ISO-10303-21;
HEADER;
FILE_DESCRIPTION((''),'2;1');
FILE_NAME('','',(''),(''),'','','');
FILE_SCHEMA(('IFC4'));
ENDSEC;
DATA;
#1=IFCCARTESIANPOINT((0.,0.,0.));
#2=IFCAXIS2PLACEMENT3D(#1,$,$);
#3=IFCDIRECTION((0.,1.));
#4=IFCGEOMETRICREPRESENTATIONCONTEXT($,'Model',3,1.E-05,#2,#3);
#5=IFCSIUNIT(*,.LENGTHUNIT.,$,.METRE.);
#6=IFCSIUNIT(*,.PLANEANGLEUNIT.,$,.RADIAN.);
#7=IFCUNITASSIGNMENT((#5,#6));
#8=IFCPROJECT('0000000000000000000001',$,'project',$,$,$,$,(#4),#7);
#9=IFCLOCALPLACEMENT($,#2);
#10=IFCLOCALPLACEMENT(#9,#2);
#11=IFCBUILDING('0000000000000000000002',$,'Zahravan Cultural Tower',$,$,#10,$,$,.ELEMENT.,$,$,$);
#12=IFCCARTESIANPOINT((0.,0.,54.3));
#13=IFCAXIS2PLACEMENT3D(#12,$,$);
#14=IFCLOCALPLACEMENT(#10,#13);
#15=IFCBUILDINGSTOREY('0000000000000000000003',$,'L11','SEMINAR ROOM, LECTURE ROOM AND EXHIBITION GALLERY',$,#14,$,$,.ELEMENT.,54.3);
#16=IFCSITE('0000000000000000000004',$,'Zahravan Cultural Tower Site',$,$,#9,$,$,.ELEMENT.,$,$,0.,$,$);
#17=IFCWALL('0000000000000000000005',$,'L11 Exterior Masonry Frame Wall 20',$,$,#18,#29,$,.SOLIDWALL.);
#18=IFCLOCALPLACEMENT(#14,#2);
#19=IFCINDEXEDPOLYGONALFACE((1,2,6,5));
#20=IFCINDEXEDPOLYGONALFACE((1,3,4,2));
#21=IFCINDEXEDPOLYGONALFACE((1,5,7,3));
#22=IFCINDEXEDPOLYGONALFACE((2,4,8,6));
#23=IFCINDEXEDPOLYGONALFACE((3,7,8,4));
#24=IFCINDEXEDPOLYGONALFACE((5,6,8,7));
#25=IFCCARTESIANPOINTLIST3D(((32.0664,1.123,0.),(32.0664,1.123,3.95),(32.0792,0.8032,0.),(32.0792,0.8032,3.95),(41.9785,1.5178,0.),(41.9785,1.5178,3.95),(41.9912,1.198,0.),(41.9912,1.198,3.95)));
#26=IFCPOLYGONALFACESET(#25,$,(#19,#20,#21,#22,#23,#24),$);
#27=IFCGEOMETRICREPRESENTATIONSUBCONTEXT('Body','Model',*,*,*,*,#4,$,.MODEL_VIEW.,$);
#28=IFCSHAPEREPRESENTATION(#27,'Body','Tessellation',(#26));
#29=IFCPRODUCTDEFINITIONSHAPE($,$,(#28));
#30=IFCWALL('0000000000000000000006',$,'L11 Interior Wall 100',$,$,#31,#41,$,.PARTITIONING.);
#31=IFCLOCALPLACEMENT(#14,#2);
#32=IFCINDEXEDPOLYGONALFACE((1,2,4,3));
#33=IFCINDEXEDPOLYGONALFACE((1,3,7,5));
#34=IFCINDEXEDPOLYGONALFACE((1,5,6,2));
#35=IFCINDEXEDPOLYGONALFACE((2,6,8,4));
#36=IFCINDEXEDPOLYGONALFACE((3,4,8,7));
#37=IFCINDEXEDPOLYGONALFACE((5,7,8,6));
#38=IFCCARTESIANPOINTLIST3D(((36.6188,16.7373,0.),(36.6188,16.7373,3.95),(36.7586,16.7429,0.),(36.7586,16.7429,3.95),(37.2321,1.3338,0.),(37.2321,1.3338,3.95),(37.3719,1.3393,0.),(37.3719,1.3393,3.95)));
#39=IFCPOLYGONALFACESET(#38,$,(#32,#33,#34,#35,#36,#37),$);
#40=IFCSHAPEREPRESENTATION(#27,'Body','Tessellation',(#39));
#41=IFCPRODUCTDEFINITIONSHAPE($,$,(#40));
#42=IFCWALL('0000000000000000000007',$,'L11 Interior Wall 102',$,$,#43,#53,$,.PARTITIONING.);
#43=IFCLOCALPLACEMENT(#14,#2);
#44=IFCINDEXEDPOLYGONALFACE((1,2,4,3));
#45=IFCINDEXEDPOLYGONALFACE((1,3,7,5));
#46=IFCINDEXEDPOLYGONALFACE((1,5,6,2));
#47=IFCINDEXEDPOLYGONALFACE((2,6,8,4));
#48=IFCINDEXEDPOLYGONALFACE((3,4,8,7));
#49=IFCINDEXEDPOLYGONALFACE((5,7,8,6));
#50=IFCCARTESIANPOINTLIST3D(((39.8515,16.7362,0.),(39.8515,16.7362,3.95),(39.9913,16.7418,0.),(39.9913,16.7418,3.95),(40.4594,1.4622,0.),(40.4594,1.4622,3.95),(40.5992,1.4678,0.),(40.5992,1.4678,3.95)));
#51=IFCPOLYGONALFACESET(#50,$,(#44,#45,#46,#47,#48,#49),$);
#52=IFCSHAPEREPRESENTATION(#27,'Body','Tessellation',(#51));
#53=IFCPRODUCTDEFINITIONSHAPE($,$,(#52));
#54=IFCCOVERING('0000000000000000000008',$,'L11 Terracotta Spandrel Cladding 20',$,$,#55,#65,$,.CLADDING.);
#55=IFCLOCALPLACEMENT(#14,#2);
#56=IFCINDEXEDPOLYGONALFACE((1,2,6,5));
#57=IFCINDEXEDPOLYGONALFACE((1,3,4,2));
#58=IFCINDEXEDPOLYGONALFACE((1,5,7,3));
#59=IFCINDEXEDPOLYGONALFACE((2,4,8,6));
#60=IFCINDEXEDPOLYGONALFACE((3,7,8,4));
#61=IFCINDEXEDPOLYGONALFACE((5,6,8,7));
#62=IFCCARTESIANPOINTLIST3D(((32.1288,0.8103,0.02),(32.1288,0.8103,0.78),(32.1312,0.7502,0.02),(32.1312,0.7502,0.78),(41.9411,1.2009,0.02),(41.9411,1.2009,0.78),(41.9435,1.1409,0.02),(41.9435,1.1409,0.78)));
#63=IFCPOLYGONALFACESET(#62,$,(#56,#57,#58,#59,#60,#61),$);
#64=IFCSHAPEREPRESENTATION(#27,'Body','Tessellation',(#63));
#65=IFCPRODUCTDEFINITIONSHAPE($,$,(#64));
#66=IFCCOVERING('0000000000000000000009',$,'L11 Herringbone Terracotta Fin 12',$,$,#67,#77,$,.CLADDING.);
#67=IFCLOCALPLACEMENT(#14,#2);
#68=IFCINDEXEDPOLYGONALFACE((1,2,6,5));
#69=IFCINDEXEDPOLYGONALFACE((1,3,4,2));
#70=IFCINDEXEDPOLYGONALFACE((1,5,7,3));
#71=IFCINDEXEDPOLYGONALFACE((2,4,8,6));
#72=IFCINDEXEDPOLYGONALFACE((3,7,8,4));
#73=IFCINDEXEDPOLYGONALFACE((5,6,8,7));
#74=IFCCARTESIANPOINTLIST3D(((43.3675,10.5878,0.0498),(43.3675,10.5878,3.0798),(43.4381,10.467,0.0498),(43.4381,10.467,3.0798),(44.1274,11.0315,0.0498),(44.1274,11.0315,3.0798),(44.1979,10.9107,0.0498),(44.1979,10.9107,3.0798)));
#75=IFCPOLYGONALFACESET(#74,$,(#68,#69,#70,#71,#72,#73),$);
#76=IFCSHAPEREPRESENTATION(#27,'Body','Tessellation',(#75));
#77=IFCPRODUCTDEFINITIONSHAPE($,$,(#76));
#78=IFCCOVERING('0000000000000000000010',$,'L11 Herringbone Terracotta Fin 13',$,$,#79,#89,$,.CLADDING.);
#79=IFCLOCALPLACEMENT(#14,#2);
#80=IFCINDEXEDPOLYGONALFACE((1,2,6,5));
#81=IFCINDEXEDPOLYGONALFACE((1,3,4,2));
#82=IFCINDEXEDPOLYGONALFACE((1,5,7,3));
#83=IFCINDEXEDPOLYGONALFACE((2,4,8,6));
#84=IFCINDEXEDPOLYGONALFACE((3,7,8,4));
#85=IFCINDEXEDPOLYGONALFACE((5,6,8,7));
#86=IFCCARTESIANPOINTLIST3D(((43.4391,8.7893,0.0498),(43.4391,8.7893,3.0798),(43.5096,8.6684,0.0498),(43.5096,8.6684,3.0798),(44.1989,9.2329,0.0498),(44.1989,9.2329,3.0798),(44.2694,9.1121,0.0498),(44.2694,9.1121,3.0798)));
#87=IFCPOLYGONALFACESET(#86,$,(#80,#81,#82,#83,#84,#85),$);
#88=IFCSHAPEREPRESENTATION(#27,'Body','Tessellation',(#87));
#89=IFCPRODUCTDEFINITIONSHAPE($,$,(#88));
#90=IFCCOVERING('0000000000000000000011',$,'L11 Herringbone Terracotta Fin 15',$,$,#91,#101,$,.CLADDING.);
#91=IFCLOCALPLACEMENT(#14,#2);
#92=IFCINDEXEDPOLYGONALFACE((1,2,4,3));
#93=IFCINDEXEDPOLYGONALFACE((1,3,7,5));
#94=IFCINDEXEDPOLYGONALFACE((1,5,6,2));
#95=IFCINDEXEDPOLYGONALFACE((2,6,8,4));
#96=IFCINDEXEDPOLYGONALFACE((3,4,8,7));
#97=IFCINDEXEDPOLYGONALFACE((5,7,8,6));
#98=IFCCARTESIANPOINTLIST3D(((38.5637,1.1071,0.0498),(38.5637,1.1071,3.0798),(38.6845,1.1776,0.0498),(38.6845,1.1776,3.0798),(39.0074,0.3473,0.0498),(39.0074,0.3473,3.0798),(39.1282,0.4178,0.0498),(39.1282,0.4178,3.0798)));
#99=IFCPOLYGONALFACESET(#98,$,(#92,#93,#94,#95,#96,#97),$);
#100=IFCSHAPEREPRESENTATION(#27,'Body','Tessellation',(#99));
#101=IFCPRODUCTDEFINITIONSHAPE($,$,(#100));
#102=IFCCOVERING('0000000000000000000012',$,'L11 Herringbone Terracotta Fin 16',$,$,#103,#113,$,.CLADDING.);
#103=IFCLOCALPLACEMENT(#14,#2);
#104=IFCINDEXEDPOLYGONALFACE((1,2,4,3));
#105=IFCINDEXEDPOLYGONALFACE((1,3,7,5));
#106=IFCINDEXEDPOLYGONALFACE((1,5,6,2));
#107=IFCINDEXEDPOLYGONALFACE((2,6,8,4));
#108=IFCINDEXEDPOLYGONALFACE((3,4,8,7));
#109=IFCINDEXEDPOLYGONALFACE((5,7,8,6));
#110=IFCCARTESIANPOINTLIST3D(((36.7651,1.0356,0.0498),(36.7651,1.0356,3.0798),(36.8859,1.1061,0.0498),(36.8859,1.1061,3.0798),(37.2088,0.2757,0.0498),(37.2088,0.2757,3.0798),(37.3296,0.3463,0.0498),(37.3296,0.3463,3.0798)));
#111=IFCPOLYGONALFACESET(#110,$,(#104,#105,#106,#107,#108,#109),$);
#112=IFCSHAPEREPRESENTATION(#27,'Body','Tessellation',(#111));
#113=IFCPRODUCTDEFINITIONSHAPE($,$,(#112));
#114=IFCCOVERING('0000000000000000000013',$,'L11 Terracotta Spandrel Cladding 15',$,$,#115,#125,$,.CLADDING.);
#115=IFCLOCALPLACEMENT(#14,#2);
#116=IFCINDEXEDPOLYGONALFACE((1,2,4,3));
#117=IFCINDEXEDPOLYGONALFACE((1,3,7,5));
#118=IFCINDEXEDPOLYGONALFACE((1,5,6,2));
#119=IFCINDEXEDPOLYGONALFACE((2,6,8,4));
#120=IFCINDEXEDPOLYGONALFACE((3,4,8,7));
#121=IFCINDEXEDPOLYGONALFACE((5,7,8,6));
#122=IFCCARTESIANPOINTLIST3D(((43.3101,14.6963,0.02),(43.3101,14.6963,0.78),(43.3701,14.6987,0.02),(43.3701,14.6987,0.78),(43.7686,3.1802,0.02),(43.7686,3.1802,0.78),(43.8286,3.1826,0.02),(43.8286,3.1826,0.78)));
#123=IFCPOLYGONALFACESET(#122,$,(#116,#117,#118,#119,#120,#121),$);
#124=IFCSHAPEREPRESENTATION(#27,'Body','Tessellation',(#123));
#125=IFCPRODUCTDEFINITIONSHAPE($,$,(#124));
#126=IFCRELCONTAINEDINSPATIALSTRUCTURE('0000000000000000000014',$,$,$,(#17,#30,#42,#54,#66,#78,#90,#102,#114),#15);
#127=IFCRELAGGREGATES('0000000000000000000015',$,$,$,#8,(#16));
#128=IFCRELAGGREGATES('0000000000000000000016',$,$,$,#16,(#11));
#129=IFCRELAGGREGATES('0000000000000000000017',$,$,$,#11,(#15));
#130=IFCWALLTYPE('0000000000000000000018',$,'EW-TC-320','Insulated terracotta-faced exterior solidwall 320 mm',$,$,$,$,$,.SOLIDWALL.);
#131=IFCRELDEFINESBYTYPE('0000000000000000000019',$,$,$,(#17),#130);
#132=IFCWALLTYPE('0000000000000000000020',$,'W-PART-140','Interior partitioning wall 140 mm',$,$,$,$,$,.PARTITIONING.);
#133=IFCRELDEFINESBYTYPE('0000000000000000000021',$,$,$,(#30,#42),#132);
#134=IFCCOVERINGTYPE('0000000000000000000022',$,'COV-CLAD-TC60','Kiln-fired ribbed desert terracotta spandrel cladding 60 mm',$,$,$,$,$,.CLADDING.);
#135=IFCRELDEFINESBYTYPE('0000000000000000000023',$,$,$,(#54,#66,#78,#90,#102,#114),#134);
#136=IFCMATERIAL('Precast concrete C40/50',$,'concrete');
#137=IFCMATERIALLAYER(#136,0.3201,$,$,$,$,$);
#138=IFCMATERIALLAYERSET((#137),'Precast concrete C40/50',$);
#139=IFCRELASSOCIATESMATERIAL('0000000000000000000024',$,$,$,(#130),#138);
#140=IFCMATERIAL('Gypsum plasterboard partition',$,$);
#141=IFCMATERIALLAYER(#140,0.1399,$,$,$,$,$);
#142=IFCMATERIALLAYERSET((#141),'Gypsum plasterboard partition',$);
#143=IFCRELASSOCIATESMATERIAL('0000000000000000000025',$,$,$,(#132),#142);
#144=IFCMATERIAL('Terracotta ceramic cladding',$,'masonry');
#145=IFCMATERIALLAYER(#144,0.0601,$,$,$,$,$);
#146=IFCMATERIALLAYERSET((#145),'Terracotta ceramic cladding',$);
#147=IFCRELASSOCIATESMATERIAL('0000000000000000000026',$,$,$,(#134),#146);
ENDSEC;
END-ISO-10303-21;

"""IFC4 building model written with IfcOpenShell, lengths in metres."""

from ifc_helpers import new_model, si_unit, direction, frame, frame_2d, origin, origin_2d, place, context, subcontext, project, spatial, rectangle, extrude, source, transform, mapped, material, layer, layer_set, type_object, element, save


model = new_model("IFC4")

# Units and contexts
model_context = context("Model", 3, precision=1e-05, world=origin(), true_north=direction((0.0, 1.0)))
body_context = subcontext(model_context, "Body", "Model", "MODEL_VIEW")
ifc_project = project(units=[si_unit("LENGTHUNIT", "METRE"), si_unit("PLANEANGLEUNIT", "RADIAN")], contexts=[model_context])

# Site, building, storey
site_placement = place(None, origin())
site = spatial("IfcSite", under=ifc_project, at=site_placement, Name="Zahravan Cultural Tower Site", CompositionType="ELEMENT", RefElevation=0.0)
building_placement = place(site_placement, origin())
building = spatial("IfcBuilding", under=site, at=building_placement, Name="Zahravan Cultural Tower", CompositionType="ELEMENT")
storey_placement = place(building_placement, frame((0.0, 0.0, 54.3)))
storey = spatial("IfcBuildingStorey", under=building, at=storey_placement, Name="L11", Description="SEMINAR ROOM, LECTURE ROOM AND EXHIBITION GALLERY", CompositionType="ELEMENT", Elevation=54.3)

# Shared definitions
ifc_material_1 = material(Name="Precast concrete C40/50", Category="concrete")
ifc_layer_1 = layer(ifc_material_1, 0.3201)
ifc_layer_set_1 = layer_set([ifc_layer_1], Name="Precast concrete C40/50")
wall_type_1 = type_object("IfcWallType", Name="EW-TC-320", Description="Insulated terracotta-faced exterior solidwall 320 mm", PredefinedType="SOLIDWALL", material=ifc_layer_set_1)

# Shared definitions
ifc_material_2 = material(Name="Gypsum plasterboard partition")
ifc_layer_2 = layer(ifc_material_2, 0.1399)
ifc_layer_set_2 = layer_set([ifc_layer_2], Name="Gypsum plasterboard partition")
wall_type_2 = type_object("IfcWallType", Name="W-PART-140", Description="Interior partitioning wall 140 mm", PredefinedType="PARTITIONING", material=ifc_layer_set_2)

# Walls
shared_shape_1 = source(origin(), body_context, "Body", "SweptSolid", [
    extrude(rectangle(XDim=9.9199, YDim=0.3201, at=frame_2d((4.96, 0.0))), origin(), (0.0, 0.0, 1.0), 3.95),
])
wall_1_placement = place(storey_placement, frame((41.9849, 1.3579, 0.0), z_axis=(0.0, 0.0, 1.0), x_axis=(-0.999208, -0.039796, 0.0)))
element("IfcWall", 1, at=wall_1_placement, inside=storey, type_object=wall_type_1, Name="L11 Exterior Masonry Frame Wall 20", PredefinedType="SOLIDWALL", context=body_context, shape_type="MappedRepresentation", body=[
    mapped(shared_shape_1, transform((0.0, 0.0, 0.0), x_axis=(1.0, 0.0, 0.0), y_axis=(0.0, 1.0, 0.0), z_axis=(0.0, 0.0, 1.0), scale=1.0)),
])
shared_shape_2 = source(origin(), body_context, "Body", "SweptSolid", [
    extrude(rectangle(XDim=15.4158, YDim=0.1399, at=frame_2d((7.708, 0.0))), origin(), (0.0, 0.0, 1.0), 3.95),
])
wall_2_placement = place(storey_placement, frame((37.302, 1.3364, 0.0), z_axis=(0.0, 0.0, 1.0), x_axis=(-0.039783, 0.999208, 0.0)))
element("IfcWall", 2, at=wall_2_placement, inside=storey, type_object=wall_type_2, Name="L11 Interior Wall 100", PredefinedType="PARTITIONING", context=body_context, shape_type="MappedRepresentation", body=[
    mapped(shared_shape_2, transform((0.0, 0.0, 0.0), x_axis=(1.0, 0.0, 0.0), y_axis=(0.0, 1.0, 0.0), z_axis=(0.0, 0.0, 1.0), scale=1.0)),
])
shared_shape_3 = source(origin(), body_context, "Body", "SweptSolid", [
    extrude(rectangle(XDim=15.2861, YDim=0.1399, at=frame_2d((7.6431, 0.0))), origin(), (0.0, 0.0, 1.0), 3.95),
])
wall_3_placement = place(storey_placement, frame((39.9214, 16.739, 0.0), z_axis=(0.0, 0.0, 1.0), x_axis=(0.039769, -0.999209, 0.0)))
element("IfcWall", 3, at=wall_3_placement, inside=storey, type_object=wall_type_2, Name="L11 Interior Wall 102", PredefinedType="PARTITIONING", context=body_context, shape_type="MappedRepresentation", body=[
    mapped(shared_shape_3, transform((0.0, 0.0, 0.0), x_axis=(1.0, 0.0, 0.0), y_axis=(0.0, 1.0, 0.0), z_axis=(0.0, 0.0, 1.0), scale=1.0)),
])

# Coverings
ifc_material_3 = material(Name="Terracotta ceramic cladding", Category="masonry")
ifc_layer_3 = layer(ifc_material_3, 0.0601)
ifc_layer_set_3 = layer_set([ifc_layer_3], Name="Terracotta ceramic cladding")
covering_type = type_object("IfcCoveringType", Name="COV-CLAD-TC60", Description="Kiln-fired ribbed desert terracotta spandrel cladding 60 mm", PredefinedType="CLADDING", material=ifc_layer_set_3)
shared_shape_4 = source(origin(), body_context, "Body", "SweptSolid", [
    extrude(rectangle(XDim=9.8201, YDim=0.0601, at=origin_2d()), origin(), (0.0, 0.0, 1.0), 0.76),
])
covering_1_placement = place(storey_placement, frame((37.0361, 0.9756, 0.02), z_axis=(0.0, 0.0, 1.0), x_axis=(-0.999208, -0.039783, 0.0)))
element("IfcCovering", 4, at=covering_1_placement, inside=storey, type_object=covering_type, Name="L11 Terracotta Spandrel Cladding 20", PredefinedType="CLADDING", context=body_context, shape_type="MappedRepresentation", body=[
    mapped(shared_shape_4, transform((0.0, 0.0, 0.0), x_axis=(1.0, 0.0, 0.0), y_axis=(0.0, 1.0, 0.0), z_axis=(0.0, 0.0, 1.0), scale=1.0)),
])
shared_shape_5 = source(origin(), body_context, "Body", "SweptSolid", [
    extrude(rectangle(XDim=0.8799, YDim=0.1399, at=origin_2d()), origin(), (0.0, 0.0, 1.0), 3.03),
])
for number, where, z_axis, x_axis, name in (
    (5, (43.7827, 10.7493, 0.0498), (0.0, 0.0, 1.0), (0.863572, 0.504226, 0.0), "L11 Herringbone Terracotta Fin 12"),
    (6, (43.8542, 8.9507, 0.0498), (0.0, 0.0, 1.0), (0.863572, 0.504226, 0.0), "L11 Herringbone Terracotta Fin 13"),
    (7, (38.8459, 0.7625, 0.0498), (0.0, 0.0, 1.0), (0.504226, -0.863572, 0.0), "L11 Herringbone Terracotta Fin 15"),
    (8, (37.0474, 0.6909, 0.0498), (0.0, 0.0, 1.0), (0.504226, -0.863572, 0.0), "L11 Herringbone Terracotta Fin 16"),
):
    element("IfcCovering", number, at=place(storey_placement, frame(where, z_axis=z_axis, x_axis=x_axis)), inside=storey, type_object=covering_type, Name=name, PredefinedType="CLADDING", context=body_context, shape_type="MappedRepresentation", body=[
        mapped(shared_shape_5, transform((0.0, 0.0, 0.0), x_axis=(1.0, 0.0, 0.0), y_axis=(0.0, 1.0, 0.0), z_axis=(0.0, 0.0, 1.0), scale=1.0)),
    ])
shared_shape_6 = source(origin(), body_context, "Body", "SweptSolid", [
    extrude(rectangle(XDim=11.5251, YDim=0.0601, at=origin_2d()), origin(), (0.0, 0.0, 1.0), 0.76),
])
covering_2_placement = place(storey_placement, frame((43.5693, 8.9395, 0.02), z_axis=(0.0, 0.0, 1.0), x_axis=(0.039783, -0.999208, 0.0)))
element("IfcCovering", 9, at=covering_2_placement, inside=storey, type_object=covering_type, Name="L11 Terracotta Spandrel Cladding 15", PredefinedType="CLADDING", context=body_context, shape_type="MappedRepresentation", body=[
    mapped(shared_shape_6, transform((0.0, 0.0, 0.0), x_axis=(1.0, 0.0, 0.0), y_axis=(0.0, 1.0, 0.0), z_axis=(0.0, 0.0, 1.0), scale=1.0)),
])

save(model, "model.ifc")
